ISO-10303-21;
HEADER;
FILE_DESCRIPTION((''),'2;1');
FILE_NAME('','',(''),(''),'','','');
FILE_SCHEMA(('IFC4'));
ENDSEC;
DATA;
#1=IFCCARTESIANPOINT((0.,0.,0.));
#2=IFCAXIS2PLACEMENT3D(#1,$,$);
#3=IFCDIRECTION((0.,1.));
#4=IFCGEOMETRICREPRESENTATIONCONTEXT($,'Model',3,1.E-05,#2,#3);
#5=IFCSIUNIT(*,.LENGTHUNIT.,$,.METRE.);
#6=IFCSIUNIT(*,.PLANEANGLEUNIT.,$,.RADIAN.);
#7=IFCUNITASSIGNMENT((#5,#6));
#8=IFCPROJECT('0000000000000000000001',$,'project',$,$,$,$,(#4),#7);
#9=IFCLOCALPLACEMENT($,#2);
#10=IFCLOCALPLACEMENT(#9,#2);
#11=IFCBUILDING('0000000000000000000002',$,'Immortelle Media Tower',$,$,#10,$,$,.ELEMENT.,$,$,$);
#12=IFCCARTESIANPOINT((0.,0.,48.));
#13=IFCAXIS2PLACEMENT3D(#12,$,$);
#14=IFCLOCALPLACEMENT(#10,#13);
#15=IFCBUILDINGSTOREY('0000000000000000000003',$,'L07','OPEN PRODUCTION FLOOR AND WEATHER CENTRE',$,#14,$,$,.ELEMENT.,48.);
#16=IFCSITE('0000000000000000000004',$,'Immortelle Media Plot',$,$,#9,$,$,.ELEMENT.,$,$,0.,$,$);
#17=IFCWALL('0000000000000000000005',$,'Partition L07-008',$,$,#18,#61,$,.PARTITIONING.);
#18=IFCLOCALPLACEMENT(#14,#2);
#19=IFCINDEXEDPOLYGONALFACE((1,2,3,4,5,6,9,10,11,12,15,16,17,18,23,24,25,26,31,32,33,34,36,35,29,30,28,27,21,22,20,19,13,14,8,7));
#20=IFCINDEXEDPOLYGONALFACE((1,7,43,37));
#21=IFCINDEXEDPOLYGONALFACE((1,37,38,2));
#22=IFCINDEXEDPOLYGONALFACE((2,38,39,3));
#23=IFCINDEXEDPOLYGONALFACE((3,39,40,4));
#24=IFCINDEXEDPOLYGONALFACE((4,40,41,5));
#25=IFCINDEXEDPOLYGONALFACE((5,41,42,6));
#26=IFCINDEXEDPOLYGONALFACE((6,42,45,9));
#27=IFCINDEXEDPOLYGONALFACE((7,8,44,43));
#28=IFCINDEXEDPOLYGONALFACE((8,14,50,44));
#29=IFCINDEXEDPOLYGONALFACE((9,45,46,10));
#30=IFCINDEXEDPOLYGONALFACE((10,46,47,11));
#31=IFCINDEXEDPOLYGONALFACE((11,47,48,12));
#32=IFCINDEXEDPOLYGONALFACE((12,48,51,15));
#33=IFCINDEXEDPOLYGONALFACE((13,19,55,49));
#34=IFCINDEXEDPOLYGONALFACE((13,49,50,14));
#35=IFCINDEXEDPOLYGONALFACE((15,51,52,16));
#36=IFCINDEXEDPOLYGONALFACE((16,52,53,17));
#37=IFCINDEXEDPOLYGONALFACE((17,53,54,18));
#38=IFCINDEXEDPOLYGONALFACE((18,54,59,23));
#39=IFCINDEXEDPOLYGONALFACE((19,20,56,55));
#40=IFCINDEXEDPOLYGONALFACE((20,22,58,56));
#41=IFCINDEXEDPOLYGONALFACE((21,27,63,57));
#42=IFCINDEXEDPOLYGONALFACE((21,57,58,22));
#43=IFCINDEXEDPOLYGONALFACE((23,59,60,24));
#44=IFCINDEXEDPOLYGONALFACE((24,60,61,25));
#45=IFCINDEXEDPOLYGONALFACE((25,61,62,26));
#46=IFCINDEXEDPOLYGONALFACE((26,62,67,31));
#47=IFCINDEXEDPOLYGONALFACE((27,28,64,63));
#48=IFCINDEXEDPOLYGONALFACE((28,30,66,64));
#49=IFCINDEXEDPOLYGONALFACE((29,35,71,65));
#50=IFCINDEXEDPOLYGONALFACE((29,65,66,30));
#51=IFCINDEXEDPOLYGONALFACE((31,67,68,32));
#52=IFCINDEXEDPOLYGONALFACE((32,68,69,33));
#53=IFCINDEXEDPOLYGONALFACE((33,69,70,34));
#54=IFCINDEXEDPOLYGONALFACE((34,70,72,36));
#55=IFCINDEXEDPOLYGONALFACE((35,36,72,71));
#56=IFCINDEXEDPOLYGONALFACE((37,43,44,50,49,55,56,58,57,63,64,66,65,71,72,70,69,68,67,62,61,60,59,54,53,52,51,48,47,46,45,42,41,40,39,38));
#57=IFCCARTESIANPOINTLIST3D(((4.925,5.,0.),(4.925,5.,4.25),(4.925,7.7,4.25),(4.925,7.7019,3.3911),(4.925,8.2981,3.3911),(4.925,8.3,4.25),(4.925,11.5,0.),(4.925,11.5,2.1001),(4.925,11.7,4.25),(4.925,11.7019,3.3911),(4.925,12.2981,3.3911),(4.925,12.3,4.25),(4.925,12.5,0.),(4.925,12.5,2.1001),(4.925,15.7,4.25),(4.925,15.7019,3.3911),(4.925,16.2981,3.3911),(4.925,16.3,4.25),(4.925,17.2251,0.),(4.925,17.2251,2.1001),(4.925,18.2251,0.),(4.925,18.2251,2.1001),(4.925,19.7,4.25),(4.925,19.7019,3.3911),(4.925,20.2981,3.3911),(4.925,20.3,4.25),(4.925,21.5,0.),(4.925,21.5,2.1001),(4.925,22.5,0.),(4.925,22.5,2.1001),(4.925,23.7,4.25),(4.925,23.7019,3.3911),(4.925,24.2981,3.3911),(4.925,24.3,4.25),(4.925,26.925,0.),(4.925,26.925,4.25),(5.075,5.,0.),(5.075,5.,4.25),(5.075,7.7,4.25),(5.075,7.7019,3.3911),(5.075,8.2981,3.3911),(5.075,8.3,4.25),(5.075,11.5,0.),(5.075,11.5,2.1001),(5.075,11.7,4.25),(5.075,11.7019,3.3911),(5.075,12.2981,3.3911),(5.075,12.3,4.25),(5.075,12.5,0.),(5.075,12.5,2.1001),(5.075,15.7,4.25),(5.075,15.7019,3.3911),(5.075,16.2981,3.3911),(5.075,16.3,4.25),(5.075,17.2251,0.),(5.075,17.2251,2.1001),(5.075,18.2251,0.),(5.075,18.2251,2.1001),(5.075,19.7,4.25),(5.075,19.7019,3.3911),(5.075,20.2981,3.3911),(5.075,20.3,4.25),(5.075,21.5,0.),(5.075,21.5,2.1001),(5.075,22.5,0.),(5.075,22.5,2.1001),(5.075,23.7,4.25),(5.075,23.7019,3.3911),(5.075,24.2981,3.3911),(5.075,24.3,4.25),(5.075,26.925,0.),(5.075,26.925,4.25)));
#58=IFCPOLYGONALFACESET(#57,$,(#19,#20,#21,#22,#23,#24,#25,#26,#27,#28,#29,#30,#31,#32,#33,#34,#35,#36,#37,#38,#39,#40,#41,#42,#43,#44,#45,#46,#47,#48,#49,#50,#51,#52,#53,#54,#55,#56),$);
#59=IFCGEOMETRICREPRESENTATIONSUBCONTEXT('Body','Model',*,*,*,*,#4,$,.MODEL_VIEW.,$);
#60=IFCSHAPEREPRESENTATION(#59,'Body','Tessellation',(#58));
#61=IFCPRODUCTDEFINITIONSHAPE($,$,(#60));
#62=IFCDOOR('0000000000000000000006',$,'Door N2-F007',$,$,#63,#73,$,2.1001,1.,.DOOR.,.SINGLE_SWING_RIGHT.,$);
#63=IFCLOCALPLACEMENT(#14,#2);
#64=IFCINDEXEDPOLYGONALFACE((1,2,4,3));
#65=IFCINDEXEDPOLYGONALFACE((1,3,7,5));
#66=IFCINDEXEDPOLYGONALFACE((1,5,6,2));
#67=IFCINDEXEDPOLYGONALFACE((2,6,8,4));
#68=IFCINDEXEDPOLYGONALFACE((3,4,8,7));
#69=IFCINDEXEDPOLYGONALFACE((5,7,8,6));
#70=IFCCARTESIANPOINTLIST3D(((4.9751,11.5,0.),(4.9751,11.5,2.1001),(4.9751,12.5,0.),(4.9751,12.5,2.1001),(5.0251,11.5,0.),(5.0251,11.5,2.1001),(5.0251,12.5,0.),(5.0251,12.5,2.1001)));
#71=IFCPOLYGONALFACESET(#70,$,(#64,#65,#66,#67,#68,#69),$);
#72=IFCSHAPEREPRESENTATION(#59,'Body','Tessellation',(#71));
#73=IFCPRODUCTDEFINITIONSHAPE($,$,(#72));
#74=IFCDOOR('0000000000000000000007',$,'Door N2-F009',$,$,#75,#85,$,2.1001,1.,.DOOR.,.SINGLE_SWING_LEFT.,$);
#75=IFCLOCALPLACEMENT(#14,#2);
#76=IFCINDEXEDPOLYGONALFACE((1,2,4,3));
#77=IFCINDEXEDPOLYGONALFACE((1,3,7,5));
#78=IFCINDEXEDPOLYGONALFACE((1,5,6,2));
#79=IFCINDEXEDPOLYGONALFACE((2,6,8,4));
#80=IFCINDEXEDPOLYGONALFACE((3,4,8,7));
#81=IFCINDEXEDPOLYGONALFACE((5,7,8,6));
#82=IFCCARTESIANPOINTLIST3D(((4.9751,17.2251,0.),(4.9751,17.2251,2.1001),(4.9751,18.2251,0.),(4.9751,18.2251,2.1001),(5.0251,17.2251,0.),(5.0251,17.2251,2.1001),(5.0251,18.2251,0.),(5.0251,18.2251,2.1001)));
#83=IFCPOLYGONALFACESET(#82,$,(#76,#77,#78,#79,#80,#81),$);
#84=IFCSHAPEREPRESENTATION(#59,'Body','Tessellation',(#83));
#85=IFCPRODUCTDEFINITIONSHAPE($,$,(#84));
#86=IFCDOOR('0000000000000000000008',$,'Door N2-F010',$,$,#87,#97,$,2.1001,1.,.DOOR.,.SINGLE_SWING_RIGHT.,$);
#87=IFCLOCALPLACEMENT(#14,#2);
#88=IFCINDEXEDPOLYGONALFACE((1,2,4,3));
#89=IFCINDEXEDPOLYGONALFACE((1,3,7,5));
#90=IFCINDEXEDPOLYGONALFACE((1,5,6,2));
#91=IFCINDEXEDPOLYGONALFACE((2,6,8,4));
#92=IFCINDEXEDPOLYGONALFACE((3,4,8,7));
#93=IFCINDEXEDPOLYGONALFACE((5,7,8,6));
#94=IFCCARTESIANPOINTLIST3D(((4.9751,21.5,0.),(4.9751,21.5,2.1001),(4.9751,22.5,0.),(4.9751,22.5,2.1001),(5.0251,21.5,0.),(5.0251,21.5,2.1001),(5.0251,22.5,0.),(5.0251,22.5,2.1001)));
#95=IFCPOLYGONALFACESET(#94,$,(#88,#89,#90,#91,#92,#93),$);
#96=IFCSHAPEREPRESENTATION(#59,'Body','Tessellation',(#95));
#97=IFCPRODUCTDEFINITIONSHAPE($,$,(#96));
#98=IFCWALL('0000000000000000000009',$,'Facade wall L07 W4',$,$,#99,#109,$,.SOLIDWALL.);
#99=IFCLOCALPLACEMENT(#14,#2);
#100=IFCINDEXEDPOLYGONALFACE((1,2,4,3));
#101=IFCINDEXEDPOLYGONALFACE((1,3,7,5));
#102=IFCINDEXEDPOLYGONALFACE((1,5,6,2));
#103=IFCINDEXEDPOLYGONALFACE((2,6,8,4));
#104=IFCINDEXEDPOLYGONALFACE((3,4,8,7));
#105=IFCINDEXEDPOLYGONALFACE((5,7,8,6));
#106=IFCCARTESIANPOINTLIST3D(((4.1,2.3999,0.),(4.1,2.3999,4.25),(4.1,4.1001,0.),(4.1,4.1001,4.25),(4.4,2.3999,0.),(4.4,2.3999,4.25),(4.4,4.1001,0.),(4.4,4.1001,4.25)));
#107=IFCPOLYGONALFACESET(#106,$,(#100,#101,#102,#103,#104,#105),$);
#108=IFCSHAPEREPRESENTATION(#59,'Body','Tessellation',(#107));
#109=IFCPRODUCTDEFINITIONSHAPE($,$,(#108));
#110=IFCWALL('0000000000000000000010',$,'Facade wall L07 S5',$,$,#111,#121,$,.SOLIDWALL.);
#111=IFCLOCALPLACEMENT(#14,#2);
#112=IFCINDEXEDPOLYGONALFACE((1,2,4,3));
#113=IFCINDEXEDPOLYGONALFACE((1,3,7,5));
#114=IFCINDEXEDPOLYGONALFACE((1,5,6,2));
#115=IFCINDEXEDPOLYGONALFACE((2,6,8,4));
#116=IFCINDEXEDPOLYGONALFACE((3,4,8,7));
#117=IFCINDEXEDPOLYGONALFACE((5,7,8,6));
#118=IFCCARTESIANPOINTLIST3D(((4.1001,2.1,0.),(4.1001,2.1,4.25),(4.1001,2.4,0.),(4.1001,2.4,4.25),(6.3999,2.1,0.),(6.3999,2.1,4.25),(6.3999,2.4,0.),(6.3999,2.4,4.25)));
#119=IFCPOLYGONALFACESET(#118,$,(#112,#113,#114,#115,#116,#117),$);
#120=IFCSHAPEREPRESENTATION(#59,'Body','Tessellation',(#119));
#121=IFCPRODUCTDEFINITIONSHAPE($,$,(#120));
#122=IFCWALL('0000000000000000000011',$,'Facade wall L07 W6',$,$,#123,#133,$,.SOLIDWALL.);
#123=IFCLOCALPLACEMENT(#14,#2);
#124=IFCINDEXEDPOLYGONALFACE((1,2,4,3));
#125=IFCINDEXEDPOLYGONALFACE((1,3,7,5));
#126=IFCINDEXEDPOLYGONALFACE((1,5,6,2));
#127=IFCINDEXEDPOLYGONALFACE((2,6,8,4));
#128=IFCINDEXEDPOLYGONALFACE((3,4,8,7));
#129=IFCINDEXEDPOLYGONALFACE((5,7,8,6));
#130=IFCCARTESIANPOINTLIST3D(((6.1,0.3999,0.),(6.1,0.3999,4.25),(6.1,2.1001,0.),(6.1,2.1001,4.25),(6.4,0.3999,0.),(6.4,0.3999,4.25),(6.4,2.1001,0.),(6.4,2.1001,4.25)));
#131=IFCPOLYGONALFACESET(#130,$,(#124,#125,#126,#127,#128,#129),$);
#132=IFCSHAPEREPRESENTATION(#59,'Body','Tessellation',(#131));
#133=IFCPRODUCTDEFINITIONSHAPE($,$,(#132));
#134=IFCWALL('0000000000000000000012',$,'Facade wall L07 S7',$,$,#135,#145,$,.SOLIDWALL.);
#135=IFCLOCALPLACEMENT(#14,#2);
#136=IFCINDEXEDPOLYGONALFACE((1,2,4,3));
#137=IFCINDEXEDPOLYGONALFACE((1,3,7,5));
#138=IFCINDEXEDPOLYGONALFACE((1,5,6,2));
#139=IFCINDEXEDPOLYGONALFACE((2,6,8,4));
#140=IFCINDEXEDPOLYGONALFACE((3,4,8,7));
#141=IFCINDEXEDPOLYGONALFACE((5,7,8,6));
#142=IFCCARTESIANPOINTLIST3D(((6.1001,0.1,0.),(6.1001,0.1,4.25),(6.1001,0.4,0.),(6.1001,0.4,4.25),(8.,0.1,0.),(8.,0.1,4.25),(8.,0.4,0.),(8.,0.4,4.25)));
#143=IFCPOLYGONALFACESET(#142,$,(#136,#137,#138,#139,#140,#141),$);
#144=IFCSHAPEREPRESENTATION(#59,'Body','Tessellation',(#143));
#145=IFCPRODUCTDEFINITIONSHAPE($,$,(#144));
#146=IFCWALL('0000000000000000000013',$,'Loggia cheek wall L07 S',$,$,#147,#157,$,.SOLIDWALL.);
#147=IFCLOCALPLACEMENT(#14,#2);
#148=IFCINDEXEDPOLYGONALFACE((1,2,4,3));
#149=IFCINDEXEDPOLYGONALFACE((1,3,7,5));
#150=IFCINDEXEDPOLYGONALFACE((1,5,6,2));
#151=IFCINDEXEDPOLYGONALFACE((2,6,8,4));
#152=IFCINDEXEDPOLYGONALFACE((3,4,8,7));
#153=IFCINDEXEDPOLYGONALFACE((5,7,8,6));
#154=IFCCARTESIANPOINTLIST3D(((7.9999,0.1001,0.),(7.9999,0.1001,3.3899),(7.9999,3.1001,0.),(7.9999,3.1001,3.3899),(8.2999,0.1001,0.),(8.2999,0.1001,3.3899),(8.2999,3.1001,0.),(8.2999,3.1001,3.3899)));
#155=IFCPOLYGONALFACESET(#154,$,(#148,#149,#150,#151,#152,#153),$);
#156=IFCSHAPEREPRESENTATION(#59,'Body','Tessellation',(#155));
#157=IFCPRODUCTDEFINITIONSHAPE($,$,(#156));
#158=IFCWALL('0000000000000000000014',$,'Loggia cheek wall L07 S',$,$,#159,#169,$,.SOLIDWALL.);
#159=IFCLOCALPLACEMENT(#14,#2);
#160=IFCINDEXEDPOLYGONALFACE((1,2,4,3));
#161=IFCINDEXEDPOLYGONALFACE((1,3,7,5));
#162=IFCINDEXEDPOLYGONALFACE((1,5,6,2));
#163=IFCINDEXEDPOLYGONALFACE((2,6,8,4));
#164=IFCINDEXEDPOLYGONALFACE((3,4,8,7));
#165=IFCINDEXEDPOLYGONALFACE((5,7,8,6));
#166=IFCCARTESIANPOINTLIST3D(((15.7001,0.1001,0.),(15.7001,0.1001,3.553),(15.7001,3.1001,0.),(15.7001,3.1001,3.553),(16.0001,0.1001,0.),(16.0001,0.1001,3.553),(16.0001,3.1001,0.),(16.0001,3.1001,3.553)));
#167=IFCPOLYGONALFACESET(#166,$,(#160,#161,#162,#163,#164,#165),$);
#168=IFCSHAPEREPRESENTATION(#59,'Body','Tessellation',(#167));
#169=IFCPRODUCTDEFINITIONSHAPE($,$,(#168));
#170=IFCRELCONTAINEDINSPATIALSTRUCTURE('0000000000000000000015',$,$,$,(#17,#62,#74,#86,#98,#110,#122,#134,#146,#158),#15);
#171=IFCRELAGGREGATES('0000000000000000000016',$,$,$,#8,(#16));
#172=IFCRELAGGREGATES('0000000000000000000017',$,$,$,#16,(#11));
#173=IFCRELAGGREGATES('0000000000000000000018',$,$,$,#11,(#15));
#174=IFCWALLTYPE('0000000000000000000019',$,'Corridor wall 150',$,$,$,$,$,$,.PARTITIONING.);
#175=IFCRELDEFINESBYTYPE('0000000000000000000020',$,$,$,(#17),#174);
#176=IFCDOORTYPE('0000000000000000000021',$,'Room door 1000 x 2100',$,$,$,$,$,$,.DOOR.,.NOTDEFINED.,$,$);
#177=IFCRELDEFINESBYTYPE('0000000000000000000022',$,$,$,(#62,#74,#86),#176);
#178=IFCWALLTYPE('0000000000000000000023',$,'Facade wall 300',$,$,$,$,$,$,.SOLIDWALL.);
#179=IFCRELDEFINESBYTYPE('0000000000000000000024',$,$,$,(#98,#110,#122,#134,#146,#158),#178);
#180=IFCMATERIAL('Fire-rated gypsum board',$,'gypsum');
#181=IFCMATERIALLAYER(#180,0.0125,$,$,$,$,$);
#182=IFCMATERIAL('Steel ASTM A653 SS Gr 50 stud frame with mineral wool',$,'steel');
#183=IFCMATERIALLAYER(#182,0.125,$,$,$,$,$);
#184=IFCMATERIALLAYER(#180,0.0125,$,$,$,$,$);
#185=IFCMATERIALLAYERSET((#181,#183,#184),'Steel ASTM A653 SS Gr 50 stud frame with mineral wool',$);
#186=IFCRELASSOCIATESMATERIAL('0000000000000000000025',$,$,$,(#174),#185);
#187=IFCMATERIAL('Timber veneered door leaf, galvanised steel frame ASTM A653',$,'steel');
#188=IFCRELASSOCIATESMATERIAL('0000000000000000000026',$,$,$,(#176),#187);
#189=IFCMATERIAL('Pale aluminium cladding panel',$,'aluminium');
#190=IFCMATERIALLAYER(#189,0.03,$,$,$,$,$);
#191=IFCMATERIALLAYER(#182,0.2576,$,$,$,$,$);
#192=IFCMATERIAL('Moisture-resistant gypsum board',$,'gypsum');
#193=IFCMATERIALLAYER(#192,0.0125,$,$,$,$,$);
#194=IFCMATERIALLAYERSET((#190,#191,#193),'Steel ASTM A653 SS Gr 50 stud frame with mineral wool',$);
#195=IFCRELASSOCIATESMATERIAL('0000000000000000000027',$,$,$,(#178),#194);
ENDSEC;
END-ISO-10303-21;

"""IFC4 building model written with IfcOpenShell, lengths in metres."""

from ifc_helpers import new_model, si_unit, direction, frame, frame_2d, origin, place, context, subcontext, project, spatial, polyline, rectangle, outline, extrude, material, layer, layer_set, type_object, element, fill, save


model = new_model("IFC4")

# Units and contexts
model_context = context("Model", 3, precision=1e-05, world=origin(), true_north=direction((0.0, 1.0)))
body_context = subcontext(model_context, "Body", "Model", "MODEL_VIEW")
ifc_project = project(units=[si_unit("LENGTHUNIT", "METRE"), si_unit("PLANEANGLEUNIT", "RADIAN")], contexts=[model_context])

# Site, building, storey
site_placement = place(None, origin())
site = spatial("IfcSite", under=ifc_project, at=site_placement, Name="Immortelle Media Plot", CompositionType="ELEMENT", RefElevation=0.0)
building_placement = place(site_placement, origin())
building = spatial("IfcBuilding", under=site, at=building_placement, Name="Immortelle Media Tower", CompositionType="ELEMENT")
storey_placement = place(building_placement, frame((0.0, 0.0, 48.0)))
storey = spatial("IfcBuildingStorey", under=building, at=storey_placement, Name="L07", Description="OPEN PRODUCTION FLOOR AND WEATHER CENTRE", CompositionType="ELEMENT", Elevation=48.0)

# Wall, openings, doors
ifc_material_1 = material(Name="Fire-rated gypsum board", Category="gypsum")
ifc_layer_1 = layer(ifc_material_1, 0.0125)
ifc_material_2 = material(Name="Steel ASTM A653 SS Gr 50 stud frame with mineral wool", Category="steel")
ifc_layer_2 = layer(ifc_material_2, 0.125)
ifc_layer_3 = layer(ifc_material_1, 0.0125)
ifc_layer_set_1 = layer_set([ifc_layer_1, ifc_layer_2, ifc_layer_3], Name="Steel ASTM A653 SS Gr 50 stud frame with mineral wool")
wall_type_1 = type_object("IfcWallType", Name="Corridor wall 150", PredefinedType="PARTITIONING", material=ifc_layer_set_1)
wall_1_placement = place(storey_placement, frame((5.0, 5.0, 0.0), z_axis=(0.0, 0.0, 1.0), x_axis=(0.0, 1.0, 0.0)))
wall_1 = element("IfcWall", 1, at=wall_1_placement, inside=storey, type_object=wall_type_1, Name="Partition L07-008", PredefinedType="PARTITIONING", context=body_context, shape_type="SweptSolid", body=[
    extrude(outline(polyline([(0.0, 0.0), (21.925, 0.0), (21.925, 4.25), (19.3, 4.25), (19.2981, 3.3911), (18.7019, 3.3911), (18.7, 4.25), (15.3, 4.25), (15.2981, 3.3911), (14.7019, 3.3911), (14.7, 4.25), (11.3, 4.25), (11.2981, 3.3911), (10.7019, 3.3911), (10.7, 4.25), (7.3, 4.25), (7.2981, 3.3911), (6.7019, 3.3911), (6.7, 4.25), (3.3, 4.25), (3.2981, 3.3911), (2.7019, 3.3911), (2.7, 4.25), (0.0, 4.25), (0.0, 0.0)])), frame((0.0, 0.075, 0.0), z_axis=(0.0, -1.0, 0.0), x_axis=(1.0, 0.0, 0.0)), (0.0, 0.0, 1.0), 0.1499),
])
opening_1_placement = place(wall_1_placement, frame((6.5, 0.0, 0.0)))
opening_1 = element("IfcOpeningElement", 2, at=opening_1_placement, cuts=wall_1, PredefinedType="OPENING", context=body_context, shape_type="SweptSolid", body=[
    extrude(rectangle(XDim=1.0, YDim=2.1001, at=frame_2d((0.5, 1.05))), frame((0.0, 0.085, 0.0), z_axis=(0.0, -1.0, 0.0), x_axis=(1.0, 0.0, 0.0)), (0.0, 0.0, 1.0), 0.1699),
])
opening_2_placement = place(wall_1_placement, frame((12.2251, 0.0, 0.0)))
opening_2 = element("IfcOpeningElement", 3, at=opening_2_placement, cuts=wall_1, PredefinedType="OPENING", context=body_context, shape_type="SweptSolid", body=[
    extrude(rectangle(XDim=1.0, YDim=2.1001, at=frame_2d((0.5, 1.05))), frame((0.0, 0.085, 0.0), z_axis=(0.0, -1.0, 0.0), x_axis=(1.0, 0.0, 0.0)), (0.0, 0.0, 1.0), 0.1699),
])
opening_3_placement = place(wall_1_placement, frame((16.5, 0.0, 0.0)))
opening_3 = element("IfcOpeningElement", 4, at=opening_3_placement, cuts=wall_1, PredefinedType="OPENING", context=body_context, shape_type="SweptSolid", body=[
    extrude(rectangle(XDim=1.0, YDim=2.1001, at=frame_2d((0.5, 1.05))), frame((0.0, 0.085, 0.0), z_axis=(0.0, -1.0, 0.0), x_axis=(1.0, 0.0, 0.0)), (0.0, 0.0, 1.0), 0.1699),
])
ifc_material_3 = material(Name="Timber veneered door leaf, galvanised steel frame ASTM A653", Category="steel")
door_type_1 = type_object("IfcDoorType", Name="Room door 1000 x 2100", OperationType="NOTDEFINED", PredefinedType="DOOR", material=ifc_material_3)
door_1_placement = place(opening_1_placement, origin())
door_1 = element("IfcDoor", 5, at=door_1_placement, inside=storey, type_object=door_type_1, Name="Door N2-F007", OperationType="SINGLE_SWING_RIGHT", OverallHeight=2.1001, OverallWidth=1.0, PredefinedType="DOOR", context=body_context, shape_type="SweptSolid", body=[
    extrude(rectangle(XDim=1.0, YDim=2.1001, at=frame_2d((0.5, 1.05))), frame((0.0, 0.0249, 0.0), z_axis=(0.0, -1.0, 0.0), x_axis=(1.0, 0.0, 0.0)), (0.0, 0.0, 1.0), 0.05),
])
fill(opening_1, door_1)
door_2_placement = place(opening_2_placement, origin())
door_2 = element("IfcDoor", 6, at=door_2_placement, inside=storey, type_object=door_type_1, Name="Door N2-F009", OperationType="SINGLE_SWING_LEFT", OverallHeight=2.1001, OverallWidth=1.0, PredefinedType="DOOR", context=body_context, shape_type="SweptSolid", body=[
    extrude(rectangle(XDim=1.0, YDim=2.1001, at=frame_2d((0.5, 1.05))), frame((0.0, 0.0249, 0.0), z_axis=(0.0, -1.0, 0.0), x_axis=(1.0, 0.0, 0.0)), (0.0, 0.0, 1.0), 0.05),
])
fill(opening_2, door_2)
door_3_placement = place(opening_3_placement, origin())
door_3 = element("IfcDoor", 7, at=door_3_placement, inside=storey, type_object=door_type_1, Name="Door N2-F010", OperationType="SINGLE_SWING_RIGHT", OverallHeight=2.1001, OverallWidth=1.0, PredefinedType="DOOR", context=body_context, shape_type="SweptSolid", body=[
    extrude(rectangle(XDim=1.0, YDim=2.1001, at=frame_2d((0.5, 1.05))), frame((0.0, 0.0249, 0.0), z_axis=(0.0, -1.0, 0.0), x_axis=(1.0, 0.0, 0.0)), (0.0, 0.0, 1.0), 0.05),
])
fill(opening_3, door_3)

# Walls
ifc_material_4 = material(Name="Pale aluminium cladding panel", Category="aluminium")
ifc_layer_4 = layer(ifc_material_4, 0.03)
ifc_layer_5 = layer(ifc_material_2, 0.2576)
ifc_material_5 = material(Name="Moisture-resistant gypsum board", Category="gypsum")
ifc_layer_6 = layer(ifc_material_5, 0.0125)
ifc_layer_set_2 = layer_set([ifc_layer_4, ifc_layer_5, ifc_layer_6], Name="Steel ASTM A653 SS Gr 50 stud frame with mineral wool")
wall_type_2 = type_object("IfcWallType", Name="Facade wall 300", PredefinedType="SOLIDWALL", material=ifc_layer_set_2)
wall_2_placement = place(storey_placement, frame((4.25, 4.1001, 0.0), z_axis=(0.0, 0.0, 1.0), x_axis=(0.0, -1.0, 0.0)))
element("IfcWall", 8, at=wall_2_placement, inside=storey, type_object=wall_type_2, Name="Facade wall L07 W4", PredefinedType="SOLIDWALL", context=body_context, shape_type="SweptSolid", body=[
    extrude(rectangle(XDim=1.7002, YDim=0.3, at=frame_2d((0.8501, 0.0))), origin(), (0.0, 0.0, 1.0), 4.25),
])
wall_3_placement = place(storey_placement, frame((4.1001, 2.25, 0.0), z_axis=(0.0, 0.0, 1.0), x_axis=(1.0, 0.0, 0.0)))
element("IfcWall", 9, at=wall_3_placement, inside=storey, type_object=wall_type_2, Name="Facade wall L07 S5", PredefinedType="SOLIDWALL", context=body_context, shape_type="SweptSolid", body=[
    extrude(rectangle(XDim=2.2998, YDim=0.3, at=frame_2d((1.1499, 0.0))), origin(), (0.0, 0.0, 1.0), 4.25),
])
wall_4_placement = place(storey_placement, frame((6.25, 2.1001, 0.0), z_axis=(0.0, 0.0, 1.0), x_axis=(0.0, -1.0, 0.0)))
element("IfcWall", 10, at=wall_4_placement, inside=storey, type_object=wall_type_2, Name="Facade wall L07 W6", PredefinedType="SOLIDWALL", context=body_context, shape_type="SweptSolid", body=[
    extrude(rectangle(XDim=1.7002, YDim=0.3, at=frame_2d((0.8501, 0.0))), origin(), (0.0, 0.0, 1.0), 4.25),
])
wall_5_placement = place(storey_placement, frame((6.1001, 0.25, 0.0), z_axis=(0.0, 0.0, 1.0), x_axis=(1.0, 0.0, 0.0)))
element("IfcWall", 11, at=wall_5_placement, inside=storey, type_object=wall_type_2, Name="Facade wall L07 S7", PredefinedType="SOLIDWALL", context=body_context, shape_type="SweptSolid", body=[
    extrude(rectangle(XDim=1.8999, YDim=0.3, at=frame_2d((0.95, 0.0))), origin(), (0.0, 0.0, 1.0), 4.25),
])

# Walls
wall_6_placement = place(storey_placement, frame((8.1499, 0.1001, 0.0), z_axis=(0.0, 0.0, 1.0), x_axis=(0.0, 1.0, 0.0)))
element("IfcWall", 12, at=wall_6_placement, inside=storey, type_object=wall_type_2, Name="Loggia cheek wall L07 S", PredefinedType="SOLIDWALL", context=body_context, shape_type="SweptSolid", body=[
    extrude(rectangle(XDim=3.0, YDim=0.3, at=frame_2d((1.5, 0.0))), origin(), (0.0, 0.0, 1.0), 3.3899),
])
wall_7_placement = place(storey_placement, frame((15.8501, 0.1001, 0.0), z_axis=(0.0, 0.0, 1.0), x_axis=(0.0, 1.0, 0.0)))
element("IfcWall", 13, at=wall_7_placement, inside=storey, type_object=wall_type_2, Name="Loggia cheek wall L07 S", PredefinedType="SOLIDWALL", context=body_context, shape_type="SweptSolid", body=[
    extrude(rectangle(XDim=3.0, YDim=0.3, at=frame_2d((1.5, 0.0))), origin(), (0.0, 0.0, 1.0), 3.553),
])

save(model, "model.ifc")
